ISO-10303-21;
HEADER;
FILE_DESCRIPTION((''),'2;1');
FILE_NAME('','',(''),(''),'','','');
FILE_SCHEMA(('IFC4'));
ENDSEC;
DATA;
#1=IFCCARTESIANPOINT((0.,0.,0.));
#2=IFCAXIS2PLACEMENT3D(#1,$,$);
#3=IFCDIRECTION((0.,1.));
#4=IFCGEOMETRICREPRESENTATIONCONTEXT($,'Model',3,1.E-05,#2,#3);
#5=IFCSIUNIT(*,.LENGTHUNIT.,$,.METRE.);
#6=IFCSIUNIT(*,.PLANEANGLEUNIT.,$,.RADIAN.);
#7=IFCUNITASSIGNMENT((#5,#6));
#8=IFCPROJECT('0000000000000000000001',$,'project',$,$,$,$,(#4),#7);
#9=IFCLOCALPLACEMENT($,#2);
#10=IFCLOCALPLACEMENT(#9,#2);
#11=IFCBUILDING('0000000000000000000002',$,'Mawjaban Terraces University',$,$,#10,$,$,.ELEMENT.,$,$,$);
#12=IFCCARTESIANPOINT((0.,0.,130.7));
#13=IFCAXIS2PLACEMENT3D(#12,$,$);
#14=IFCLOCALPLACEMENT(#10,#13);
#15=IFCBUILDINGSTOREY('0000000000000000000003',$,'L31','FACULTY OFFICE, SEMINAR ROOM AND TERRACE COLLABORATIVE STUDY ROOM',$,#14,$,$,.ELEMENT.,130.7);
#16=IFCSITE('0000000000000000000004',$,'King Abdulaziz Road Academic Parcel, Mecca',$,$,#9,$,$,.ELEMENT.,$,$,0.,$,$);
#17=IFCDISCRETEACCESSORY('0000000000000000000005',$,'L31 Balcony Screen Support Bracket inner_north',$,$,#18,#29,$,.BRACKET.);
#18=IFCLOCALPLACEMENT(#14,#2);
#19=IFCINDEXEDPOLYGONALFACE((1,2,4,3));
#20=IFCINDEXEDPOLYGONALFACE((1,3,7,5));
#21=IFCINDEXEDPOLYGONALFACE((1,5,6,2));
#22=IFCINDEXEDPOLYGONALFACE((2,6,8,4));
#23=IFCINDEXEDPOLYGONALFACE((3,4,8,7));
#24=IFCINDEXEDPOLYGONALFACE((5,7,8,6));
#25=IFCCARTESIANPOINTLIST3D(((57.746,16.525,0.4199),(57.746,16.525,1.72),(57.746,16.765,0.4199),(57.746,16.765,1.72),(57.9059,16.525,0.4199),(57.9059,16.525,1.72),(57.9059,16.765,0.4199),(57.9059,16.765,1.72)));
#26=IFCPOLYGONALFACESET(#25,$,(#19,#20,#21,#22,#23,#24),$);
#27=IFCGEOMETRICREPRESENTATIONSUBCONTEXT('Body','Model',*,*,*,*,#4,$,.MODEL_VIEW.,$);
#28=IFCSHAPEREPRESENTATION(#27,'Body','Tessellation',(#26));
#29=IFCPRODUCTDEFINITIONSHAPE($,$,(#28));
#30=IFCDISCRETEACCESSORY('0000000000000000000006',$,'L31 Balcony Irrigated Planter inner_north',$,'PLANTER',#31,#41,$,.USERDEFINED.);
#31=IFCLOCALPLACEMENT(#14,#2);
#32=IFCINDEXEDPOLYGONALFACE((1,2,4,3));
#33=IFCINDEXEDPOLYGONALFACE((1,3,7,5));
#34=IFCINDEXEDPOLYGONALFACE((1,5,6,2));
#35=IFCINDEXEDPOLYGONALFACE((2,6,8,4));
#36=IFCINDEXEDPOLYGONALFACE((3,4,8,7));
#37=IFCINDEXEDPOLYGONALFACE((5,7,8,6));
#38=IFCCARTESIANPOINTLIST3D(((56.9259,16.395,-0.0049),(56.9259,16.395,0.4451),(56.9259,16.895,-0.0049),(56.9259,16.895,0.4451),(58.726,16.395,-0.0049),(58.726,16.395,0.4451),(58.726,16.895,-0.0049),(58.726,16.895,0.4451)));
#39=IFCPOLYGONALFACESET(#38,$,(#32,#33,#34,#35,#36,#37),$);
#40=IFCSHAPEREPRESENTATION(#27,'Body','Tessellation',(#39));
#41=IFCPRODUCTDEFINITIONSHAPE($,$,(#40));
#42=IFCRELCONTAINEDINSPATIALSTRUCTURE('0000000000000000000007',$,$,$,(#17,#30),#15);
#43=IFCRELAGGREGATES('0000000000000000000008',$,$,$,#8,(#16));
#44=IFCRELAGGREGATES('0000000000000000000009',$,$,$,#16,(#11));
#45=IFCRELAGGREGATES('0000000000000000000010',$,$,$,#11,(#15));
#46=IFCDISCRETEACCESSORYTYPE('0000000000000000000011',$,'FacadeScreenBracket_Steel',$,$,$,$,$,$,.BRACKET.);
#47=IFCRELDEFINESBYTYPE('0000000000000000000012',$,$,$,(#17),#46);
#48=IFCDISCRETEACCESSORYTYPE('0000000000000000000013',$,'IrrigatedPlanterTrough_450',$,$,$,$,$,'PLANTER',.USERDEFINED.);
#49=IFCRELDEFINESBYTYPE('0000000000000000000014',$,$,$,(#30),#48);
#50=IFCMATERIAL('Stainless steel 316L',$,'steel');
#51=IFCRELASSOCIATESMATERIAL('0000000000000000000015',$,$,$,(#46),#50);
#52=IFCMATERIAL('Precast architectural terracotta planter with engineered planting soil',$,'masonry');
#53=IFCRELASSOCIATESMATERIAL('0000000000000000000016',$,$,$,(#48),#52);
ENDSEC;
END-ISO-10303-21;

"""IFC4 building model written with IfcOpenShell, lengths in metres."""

from ifc_helpers import new_model, si_unit, direction, frame, origin, origin_2d, place, context, subcontext, project, spatial, rectangle, extrude, material, type_object, element, save


model = new_model("IFC4")

# Units and contexts
model_context = context("Model", 3, precision=1e-05, world=origin(), true_north=direction((0.0, 1.0)))
body_context = subcontext(model_context, "Body", "Model", "MODEL_VIEW")
ifc_project = project(units=[si_unit("LENGTHUNIT", "METRE"), si_unit("PLANEANGLEUNIT", "RADIAN")], contexts=[model_context])

# Site, building, storey
site_placement = place(None, origin())
site = spatial("IfcSite", under=ifc_project, at=site_placement, Name="King Abdulaziz Road Academic Parcel, Mecca", CompositionType="ELEMENT", RefElevation=0.0)
building_placement = place(site_placement, origin())
building = spatial("IfcBuilding", under=site, at=building_placement, Name="Mawjaban Terraces University", CompositionType="ELEMENT")
storey_placement = place(building_placement, frame((0.0, 0.0, 130.7)))
storey = spatial("IfcBuildingStorey", under=building, at=storey_placement, Name="L31", Description="FACULTY OFFICE, SEMINAR ROOM AND TERRACE COLLABORATIVE STUDY ROOM", CompositionType="ELEMENT", Elevation=130.7)

# Discrete accessories
ifc_material_1 = material(Name="Stainless steel 316L", Category="steel")
discrete_accessory_type_1 = type_object("IfcDiscreteAccessoryType", Name="FacadeScreenBracket_Steel", PredefinedType="BRACKET", material=ifc_material_1)
discrete_accessory_1_placement = place(storey_placement, frame((57.8259, 16.645, 0.4199), z_axis=(0.0, 0.0, 1.0), x_axis=(1.0, 0.0, 0.0)))
element("IfcDiscreteAccessory", 1, at=discrete_accessory_1_placement, inside=storey, type_object=discrete_accessory_type_1, Name="L31 Balcony Screen Support Bracket inner_north", PredefinedType="BRACKET", context=body_context, shape_type="SweptSolid", body=[
    extrude(rectangle(XDim=0.1599, YDim=0.24, at=origin_2d()), origin(), (0.0, 0.0, 1.0), 1.3),
])
ifc_material_2 = material(Name="Precast architectural terracotta planter with engineered planting soil", Category="masonry")
discrete_accessory_type_2 = type_object("IfcDiscreteAccessoryType", Name="IrrigatedPlanterTrough_450", ElementType="PLANTER", PredefinedType="USERDEFINED", material=ifc_material_2)
discrete_accessory_2_placement = place(storey_placement, frame((57.8259, 16.645, -0.0049), z_axis=(0.0, 0.0, 1.0), x_axis=(1.0, 0.0, 0.0)))
element("IfcDiscreteAccessory", 2, at=discrete_accessory_2_placement, inside=storey, type_object=discrete_accessory_type_2, Name="L31 Balcony Irrigated Planter inner_north", ObjectType="PLANTER", PredefinedType="USERDEFINED", context=body_context, shape_type="SweptSolid", body=[
    extrude(rectangle(XDim=1.8, YDim=0.5, at=origin_2d()), origin(), (0.0, 0.0, 1.0), 0.45),
])

save(model, "model.ifc")
